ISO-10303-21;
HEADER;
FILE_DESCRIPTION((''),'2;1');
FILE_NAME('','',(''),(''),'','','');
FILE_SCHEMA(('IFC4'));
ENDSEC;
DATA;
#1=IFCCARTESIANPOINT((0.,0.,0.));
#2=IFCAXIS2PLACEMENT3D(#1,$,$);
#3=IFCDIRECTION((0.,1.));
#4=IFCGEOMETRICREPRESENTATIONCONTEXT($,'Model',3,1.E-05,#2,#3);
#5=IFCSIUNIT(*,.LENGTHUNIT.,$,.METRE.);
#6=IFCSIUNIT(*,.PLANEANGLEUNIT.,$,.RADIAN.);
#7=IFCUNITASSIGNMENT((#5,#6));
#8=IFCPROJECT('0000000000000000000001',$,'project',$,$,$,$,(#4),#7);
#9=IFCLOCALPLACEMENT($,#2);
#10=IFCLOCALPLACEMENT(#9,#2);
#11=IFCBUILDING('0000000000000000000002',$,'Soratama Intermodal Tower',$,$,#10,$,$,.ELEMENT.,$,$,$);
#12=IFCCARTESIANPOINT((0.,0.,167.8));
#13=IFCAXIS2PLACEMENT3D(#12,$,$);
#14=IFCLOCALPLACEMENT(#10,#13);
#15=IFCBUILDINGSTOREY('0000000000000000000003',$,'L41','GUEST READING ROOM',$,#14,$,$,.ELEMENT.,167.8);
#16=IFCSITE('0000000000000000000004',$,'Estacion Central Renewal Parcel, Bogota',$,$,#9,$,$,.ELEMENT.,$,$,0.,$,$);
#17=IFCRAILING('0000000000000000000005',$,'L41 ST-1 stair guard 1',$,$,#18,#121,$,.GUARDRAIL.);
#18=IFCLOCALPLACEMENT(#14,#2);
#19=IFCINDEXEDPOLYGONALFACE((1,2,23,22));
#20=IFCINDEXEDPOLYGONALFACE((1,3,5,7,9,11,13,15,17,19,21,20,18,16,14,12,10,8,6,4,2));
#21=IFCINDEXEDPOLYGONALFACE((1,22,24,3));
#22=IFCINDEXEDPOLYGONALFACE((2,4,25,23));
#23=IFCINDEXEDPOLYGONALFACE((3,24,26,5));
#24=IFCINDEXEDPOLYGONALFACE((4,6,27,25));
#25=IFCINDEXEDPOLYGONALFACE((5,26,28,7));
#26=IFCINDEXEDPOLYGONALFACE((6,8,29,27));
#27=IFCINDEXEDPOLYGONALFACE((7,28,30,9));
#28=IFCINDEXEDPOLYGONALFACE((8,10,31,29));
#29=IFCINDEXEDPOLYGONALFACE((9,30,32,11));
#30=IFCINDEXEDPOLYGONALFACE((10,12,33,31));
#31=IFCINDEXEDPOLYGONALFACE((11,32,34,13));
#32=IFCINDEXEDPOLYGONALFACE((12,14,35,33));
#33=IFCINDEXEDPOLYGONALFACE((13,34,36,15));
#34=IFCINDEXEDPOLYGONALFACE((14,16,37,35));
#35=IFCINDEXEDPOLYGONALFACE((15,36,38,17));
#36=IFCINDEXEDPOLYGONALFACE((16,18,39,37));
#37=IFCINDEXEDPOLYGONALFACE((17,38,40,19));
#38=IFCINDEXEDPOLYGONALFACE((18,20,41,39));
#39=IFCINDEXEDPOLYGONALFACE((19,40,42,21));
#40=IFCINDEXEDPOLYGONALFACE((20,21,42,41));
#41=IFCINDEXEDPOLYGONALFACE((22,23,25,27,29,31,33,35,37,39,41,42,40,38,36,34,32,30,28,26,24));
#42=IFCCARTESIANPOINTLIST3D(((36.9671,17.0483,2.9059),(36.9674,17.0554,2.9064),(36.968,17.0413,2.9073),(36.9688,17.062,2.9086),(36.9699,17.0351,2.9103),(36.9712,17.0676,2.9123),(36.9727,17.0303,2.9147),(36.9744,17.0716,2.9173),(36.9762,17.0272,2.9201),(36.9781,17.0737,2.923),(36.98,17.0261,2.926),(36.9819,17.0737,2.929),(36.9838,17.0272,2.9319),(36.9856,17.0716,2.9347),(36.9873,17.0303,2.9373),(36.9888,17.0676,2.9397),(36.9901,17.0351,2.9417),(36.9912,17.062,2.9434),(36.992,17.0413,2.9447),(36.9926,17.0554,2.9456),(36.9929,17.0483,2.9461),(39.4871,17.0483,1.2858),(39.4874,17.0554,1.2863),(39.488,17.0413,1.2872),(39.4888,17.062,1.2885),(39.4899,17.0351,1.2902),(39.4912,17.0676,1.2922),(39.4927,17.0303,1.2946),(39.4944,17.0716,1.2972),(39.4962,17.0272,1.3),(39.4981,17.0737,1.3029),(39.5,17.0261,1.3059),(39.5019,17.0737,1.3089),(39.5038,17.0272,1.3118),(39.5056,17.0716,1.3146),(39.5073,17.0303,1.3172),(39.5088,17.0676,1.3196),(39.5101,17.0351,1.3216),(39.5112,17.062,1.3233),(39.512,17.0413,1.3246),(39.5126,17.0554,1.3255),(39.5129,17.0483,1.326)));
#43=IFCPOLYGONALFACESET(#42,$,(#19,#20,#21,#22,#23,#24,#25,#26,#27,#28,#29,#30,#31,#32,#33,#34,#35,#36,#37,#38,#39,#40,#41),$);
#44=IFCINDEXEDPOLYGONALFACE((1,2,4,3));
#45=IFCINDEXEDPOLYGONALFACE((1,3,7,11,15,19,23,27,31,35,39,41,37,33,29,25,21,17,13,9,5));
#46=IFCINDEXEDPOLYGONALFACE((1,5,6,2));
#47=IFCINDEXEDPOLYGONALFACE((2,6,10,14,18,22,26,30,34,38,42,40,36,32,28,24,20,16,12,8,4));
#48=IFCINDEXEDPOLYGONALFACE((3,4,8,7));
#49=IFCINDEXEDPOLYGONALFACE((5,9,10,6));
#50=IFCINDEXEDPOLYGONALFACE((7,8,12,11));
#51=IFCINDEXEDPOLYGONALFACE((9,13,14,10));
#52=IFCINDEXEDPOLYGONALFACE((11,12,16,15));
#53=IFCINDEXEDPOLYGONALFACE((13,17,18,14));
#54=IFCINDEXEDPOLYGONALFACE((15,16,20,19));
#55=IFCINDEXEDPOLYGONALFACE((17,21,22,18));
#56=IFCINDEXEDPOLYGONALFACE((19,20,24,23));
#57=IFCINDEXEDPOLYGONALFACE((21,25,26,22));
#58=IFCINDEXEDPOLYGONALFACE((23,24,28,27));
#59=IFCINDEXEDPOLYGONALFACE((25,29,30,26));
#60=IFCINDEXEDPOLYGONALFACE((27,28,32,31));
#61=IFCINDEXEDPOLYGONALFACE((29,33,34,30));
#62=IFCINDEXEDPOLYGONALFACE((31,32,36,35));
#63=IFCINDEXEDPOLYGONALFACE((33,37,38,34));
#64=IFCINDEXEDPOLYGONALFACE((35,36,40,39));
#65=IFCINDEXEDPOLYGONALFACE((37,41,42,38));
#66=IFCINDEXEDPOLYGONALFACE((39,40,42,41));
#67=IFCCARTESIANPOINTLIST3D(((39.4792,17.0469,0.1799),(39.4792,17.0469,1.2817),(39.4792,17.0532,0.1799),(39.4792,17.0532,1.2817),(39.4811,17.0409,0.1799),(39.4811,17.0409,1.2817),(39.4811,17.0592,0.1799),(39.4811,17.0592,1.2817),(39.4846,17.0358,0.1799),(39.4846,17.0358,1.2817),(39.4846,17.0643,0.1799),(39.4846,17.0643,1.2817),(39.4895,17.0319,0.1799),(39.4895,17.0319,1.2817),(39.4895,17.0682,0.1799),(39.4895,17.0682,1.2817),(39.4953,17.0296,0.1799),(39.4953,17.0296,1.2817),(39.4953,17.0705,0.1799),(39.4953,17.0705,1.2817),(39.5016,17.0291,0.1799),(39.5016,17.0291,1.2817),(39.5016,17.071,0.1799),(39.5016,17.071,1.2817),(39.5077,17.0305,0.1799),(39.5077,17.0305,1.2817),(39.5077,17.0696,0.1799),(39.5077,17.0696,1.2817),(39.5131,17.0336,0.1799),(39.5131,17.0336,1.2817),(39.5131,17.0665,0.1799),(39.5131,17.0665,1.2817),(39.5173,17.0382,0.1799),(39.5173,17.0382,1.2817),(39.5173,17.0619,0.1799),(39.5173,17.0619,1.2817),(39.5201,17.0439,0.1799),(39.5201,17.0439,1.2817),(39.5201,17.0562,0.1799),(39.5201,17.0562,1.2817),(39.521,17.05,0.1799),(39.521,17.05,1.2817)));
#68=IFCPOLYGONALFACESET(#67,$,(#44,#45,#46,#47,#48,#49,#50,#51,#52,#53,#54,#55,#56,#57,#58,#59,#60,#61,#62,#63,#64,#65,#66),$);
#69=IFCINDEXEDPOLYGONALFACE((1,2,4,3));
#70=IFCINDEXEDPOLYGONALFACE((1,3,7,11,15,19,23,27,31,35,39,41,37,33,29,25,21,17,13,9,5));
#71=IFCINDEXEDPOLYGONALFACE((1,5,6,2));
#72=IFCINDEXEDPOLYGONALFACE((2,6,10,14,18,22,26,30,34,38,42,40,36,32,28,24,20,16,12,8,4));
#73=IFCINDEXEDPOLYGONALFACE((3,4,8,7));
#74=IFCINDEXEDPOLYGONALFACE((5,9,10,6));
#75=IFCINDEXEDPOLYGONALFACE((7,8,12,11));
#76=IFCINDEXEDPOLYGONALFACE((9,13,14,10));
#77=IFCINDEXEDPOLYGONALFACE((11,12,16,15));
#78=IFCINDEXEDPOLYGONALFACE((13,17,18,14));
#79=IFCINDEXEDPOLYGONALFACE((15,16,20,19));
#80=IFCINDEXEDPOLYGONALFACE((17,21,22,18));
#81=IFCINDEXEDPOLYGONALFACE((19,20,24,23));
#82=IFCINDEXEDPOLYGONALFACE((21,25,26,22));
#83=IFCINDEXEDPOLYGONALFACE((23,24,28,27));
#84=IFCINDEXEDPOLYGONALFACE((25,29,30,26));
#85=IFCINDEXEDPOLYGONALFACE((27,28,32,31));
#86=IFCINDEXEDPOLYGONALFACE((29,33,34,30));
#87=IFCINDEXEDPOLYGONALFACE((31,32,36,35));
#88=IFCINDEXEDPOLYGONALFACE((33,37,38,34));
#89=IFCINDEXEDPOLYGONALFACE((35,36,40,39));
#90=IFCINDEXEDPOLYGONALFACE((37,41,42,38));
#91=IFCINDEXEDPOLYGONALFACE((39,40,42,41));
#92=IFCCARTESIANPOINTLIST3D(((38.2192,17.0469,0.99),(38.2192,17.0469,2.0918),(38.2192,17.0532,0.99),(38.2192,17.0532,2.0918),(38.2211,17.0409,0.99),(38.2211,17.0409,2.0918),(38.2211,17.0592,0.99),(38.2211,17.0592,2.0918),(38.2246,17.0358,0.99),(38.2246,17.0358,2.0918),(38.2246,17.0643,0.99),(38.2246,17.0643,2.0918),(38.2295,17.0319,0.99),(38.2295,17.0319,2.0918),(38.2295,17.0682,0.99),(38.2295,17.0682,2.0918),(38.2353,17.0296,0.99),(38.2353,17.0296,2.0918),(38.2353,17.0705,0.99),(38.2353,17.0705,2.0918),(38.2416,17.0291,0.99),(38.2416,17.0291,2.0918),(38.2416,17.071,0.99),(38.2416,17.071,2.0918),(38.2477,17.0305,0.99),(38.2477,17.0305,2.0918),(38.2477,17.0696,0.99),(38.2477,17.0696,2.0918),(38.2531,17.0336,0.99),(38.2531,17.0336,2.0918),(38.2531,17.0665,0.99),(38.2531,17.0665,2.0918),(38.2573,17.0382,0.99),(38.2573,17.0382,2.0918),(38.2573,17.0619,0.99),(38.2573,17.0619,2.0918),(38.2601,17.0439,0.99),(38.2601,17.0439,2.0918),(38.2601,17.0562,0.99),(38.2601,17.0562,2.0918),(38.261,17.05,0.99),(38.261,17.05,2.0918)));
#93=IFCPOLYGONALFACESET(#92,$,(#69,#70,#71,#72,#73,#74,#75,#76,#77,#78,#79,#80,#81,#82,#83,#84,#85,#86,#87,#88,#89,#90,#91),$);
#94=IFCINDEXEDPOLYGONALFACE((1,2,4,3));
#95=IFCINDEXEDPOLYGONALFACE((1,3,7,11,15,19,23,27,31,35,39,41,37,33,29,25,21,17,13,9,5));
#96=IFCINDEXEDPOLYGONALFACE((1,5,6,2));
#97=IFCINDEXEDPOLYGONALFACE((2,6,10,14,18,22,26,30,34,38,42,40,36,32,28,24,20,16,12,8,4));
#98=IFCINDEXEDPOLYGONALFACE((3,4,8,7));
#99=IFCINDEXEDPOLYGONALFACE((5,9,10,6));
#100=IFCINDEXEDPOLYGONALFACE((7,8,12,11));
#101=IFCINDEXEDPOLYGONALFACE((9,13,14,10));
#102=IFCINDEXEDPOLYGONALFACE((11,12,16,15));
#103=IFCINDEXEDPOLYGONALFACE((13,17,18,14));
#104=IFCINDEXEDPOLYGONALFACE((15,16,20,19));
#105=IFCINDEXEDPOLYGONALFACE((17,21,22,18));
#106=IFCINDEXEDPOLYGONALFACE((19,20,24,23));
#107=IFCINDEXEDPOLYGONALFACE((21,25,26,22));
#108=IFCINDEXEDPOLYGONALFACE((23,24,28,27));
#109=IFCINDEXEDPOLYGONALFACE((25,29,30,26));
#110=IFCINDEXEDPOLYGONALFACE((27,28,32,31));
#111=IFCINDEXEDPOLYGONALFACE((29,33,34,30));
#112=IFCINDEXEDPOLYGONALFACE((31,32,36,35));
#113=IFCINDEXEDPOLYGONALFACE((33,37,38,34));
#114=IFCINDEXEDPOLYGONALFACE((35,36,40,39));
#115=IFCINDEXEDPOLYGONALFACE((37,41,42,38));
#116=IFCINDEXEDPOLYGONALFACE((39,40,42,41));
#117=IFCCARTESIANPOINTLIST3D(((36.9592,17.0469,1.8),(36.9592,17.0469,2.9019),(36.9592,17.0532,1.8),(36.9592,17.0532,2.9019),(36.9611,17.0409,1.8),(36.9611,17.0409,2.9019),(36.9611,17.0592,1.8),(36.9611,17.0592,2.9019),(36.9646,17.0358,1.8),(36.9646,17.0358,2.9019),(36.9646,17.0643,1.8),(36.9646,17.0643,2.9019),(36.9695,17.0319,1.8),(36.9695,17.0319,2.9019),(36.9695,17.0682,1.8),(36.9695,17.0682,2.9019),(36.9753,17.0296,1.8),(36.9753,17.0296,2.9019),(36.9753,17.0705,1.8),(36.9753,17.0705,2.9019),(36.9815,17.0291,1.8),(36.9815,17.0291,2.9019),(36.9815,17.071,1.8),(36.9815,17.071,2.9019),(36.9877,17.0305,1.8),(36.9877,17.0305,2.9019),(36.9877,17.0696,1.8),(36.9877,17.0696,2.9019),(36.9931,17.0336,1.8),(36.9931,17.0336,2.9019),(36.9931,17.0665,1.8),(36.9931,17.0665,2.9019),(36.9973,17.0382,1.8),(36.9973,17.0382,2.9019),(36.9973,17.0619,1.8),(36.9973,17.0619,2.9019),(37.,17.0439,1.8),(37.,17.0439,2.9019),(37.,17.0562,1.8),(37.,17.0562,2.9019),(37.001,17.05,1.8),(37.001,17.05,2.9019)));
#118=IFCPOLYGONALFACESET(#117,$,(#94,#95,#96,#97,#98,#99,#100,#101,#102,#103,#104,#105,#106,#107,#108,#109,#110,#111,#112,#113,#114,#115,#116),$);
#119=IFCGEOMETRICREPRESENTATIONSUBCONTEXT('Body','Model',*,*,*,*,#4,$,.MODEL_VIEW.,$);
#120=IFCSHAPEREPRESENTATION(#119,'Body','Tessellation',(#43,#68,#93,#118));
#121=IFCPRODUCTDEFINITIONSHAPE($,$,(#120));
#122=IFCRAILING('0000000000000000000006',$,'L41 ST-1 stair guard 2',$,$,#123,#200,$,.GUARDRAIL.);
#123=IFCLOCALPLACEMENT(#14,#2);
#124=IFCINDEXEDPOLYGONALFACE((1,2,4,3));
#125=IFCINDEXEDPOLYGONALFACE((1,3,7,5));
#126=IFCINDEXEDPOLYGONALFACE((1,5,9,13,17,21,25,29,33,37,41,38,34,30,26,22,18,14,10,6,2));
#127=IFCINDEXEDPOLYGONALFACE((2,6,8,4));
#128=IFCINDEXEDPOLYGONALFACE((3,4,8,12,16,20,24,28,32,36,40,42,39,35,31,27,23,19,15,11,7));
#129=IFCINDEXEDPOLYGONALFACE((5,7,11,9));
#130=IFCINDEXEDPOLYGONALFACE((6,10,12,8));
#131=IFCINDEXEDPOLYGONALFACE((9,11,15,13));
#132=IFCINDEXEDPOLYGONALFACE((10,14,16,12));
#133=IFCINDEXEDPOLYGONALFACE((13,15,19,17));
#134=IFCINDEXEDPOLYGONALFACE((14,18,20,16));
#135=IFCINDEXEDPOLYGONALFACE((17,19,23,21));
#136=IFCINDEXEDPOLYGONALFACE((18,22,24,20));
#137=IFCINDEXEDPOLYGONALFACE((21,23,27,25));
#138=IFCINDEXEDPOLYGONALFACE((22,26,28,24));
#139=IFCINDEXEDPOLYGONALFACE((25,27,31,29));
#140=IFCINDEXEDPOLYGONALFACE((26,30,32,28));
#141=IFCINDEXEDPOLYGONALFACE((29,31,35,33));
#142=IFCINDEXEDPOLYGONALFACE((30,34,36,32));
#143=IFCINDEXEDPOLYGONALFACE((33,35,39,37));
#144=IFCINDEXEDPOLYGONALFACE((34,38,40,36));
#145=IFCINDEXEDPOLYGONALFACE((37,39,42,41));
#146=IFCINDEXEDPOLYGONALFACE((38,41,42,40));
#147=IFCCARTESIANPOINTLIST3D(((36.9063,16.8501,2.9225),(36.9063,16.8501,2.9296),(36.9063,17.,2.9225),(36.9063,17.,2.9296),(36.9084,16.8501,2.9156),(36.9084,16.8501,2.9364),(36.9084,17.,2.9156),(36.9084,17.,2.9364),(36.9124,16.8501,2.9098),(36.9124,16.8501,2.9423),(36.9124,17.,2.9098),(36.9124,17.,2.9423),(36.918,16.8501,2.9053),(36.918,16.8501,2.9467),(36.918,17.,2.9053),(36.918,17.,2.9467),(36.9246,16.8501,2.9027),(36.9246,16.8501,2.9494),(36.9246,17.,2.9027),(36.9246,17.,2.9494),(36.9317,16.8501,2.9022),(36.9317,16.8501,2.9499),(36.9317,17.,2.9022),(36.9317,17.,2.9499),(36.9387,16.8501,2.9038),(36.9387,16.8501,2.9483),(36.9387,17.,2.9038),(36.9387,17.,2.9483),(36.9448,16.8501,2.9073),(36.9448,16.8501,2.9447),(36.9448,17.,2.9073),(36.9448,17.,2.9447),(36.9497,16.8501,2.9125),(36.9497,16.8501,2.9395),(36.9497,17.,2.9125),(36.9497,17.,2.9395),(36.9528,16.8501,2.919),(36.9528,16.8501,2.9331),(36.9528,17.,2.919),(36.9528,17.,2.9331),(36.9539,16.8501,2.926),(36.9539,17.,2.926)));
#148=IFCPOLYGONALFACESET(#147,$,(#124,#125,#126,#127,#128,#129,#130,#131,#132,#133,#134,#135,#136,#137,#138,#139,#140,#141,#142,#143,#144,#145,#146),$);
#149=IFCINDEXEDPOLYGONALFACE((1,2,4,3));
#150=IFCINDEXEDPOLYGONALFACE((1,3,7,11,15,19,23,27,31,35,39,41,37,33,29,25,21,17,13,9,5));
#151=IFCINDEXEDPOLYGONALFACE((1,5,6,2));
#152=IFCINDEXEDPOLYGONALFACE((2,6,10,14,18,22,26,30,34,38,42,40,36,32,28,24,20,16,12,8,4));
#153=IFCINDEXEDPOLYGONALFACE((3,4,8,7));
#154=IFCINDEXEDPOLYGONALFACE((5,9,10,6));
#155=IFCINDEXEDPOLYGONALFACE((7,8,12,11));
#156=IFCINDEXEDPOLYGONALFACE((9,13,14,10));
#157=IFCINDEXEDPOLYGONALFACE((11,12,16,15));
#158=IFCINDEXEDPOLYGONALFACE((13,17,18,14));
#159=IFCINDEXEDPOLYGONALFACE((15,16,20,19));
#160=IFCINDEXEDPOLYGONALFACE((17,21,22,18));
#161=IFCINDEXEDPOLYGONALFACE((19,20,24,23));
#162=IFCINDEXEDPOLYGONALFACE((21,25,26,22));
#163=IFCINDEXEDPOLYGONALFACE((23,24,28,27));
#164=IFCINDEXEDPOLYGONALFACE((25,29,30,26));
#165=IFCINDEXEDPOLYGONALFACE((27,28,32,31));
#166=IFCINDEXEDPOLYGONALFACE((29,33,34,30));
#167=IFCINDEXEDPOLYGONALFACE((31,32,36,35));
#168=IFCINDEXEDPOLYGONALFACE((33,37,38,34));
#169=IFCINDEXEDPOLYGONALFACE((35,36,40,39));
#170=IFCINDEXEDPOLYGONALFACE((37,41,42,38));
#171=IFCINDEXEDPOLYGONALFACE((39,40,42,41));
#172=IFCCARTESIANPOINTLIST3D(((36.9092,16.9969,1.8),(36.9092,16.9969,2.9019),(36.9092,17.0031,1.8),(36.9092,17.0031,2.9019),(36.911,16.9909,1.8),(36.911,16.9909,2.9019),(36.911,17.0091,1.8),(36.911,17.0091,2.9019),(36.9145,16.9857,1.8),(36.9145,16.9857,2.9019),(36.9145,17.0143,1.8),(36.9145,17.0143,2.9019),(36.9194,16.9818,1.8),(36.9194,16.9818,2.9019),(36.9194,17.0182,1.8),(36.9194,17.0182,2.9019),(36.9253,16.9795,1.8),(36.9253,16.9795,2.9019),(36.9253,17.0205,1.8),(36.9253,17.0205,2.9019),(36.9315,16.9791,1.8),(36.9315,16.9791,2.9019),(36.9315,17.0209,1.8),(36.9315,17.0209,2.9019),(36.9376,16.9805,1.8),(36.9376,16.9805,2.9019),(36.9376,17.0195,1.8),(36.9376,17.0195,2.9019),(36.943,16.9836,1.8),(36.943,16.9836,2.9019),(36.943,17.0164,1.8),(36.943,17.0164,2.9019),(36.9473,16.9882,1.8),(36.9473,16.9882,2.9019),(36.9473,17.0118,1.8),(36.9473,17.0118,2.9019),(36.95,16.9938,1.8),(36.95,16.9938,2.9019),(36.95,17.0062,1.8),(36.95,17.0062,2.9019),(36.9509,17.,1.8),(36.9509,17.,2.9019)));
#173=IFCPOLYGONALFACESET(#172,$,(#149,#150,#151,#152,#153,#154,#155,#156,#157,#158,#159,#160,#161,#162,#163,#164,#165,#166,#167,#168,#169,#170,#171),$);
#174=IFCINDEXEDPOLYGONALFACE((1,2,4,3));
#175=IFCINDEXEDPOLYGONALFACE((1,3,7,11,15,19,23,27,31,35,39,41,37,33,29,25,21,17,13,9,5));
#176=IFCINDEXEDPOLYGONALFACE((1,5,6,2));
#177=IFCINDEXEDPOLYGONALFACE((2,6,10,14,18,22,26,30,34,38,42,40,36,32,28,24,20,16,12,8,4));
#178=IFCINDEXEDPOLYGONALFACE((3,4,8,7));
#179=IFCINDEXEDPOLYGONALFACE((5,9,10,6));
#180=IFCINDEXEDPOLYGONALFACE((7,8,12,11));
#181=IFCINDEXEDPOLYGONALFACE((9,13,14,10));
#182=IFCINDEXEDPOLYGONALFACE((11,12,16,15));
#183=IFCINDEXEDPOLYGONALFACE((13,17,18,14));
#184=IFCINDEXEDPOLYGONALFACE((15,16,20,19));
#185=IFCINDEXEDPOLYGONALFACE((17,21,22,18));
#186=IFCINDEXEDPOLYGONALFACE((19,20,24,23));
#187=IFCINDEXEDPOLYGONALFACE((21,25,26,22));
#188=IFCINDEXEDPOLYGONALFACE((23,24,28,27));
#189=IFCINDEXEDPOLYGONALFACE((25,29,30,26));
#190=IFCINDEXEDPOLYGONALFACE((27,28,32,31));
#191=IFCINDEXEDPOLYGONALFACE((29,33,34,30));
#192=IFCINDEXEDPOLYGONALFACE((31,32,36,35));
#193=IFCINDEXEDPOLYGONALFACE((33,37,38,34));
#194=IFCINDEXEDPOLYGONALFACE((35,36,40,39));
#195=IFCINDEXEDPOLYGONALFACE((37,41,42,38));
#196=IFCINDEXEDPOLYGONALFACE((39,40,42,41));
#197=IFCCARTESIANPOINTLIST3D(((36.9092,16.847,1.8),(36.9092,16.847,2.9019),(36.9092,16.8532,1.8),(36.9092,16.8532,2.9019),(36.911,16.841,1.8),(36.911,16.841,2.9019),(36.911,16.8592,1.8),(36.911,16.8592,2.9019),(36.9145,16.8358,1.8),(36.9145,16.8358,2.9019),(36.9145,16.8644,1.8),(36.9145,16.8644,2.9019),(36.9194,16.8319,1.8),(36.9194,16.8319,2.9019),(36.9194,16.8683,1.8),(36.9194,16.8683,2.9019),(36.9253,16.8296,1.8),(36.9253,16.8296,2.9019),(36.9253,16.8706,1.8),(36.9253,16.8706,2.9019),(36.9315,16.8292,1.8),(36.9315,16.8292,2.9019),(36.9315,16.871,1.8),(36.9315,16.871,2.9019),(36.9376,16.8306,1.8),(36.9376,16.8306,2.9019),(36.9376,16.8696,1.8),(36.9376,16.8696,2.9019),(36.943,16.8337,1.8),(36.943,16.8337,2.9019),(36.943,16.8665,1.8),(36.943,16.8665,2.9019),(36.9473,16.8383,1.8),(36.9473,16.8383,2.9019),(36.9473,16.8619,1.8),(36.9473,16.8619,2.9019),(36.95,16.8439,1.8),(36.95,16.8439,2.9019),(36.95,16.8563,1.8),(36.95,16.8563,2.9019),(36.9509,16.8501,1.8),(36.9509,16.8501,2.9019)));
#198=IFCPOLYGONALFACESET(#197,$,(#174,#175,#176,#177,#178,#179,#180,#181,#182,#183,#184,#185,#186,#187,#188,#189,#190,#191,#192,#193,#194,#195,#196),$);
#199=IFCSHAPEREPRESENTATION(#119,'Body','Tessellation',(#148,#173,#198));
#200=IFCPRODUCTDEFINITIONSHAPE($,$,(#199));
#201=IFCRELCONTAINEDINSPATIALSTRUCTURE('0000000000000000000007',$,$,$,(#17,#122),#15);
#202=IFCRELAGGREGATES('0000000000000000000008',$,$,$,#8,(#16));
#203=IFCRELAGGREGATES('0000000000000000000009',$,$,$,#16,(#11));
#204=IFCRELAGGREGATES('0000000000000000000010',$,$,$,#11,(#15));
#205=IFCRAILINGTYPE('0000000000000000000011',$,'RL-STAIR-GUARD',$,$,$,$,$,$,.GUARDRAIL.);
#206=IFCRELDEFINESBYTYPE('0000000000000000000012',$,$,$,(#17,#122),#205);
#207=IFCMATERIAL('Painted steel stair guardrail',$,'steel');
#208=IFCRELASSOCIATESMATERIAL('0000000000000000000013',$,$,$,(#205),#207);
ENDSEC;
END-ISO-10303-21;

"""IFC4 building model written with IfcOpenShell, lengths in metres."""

from ifc_helpers import new_model, si_unit, direction, frame, origin, origin_2d, place, context, subcontext, project, spatial, circle, extrude, material, type_object, element, save


model = new_model("IFC4")

# Units and contexts
model_context = context("Model", 3, precision=1e-05, world=origin(), true_north=direction((0.0, 1.0)))
body_context = subcontext(model_context, "Body", "Model", "MODEL_VIEW")
ifc_project = project(units=[si_unit("LENGTHUNIT", "METRE"), si_unit("PLANEANGLEUNIT", "RADIAN")], contexts=[model_context])

# Site, building, storey
site_placement = place(None, origin())
site = spatial("IfcSite", under=ifc_project, at=site_placement, Name="Estacion Central Renewal Parcel, Bogota", CompositionType="ELEMENT", RefElevation=0.0)
building_placement = place(site_placement, origin())
building = spatial("IfcBuilding", under=site, at=building_placement, Name="Soratama Intermodal Tower", CompositionType="ELEMENT")
storey_placement = place(building_placement, frame((0.0, 0.0, 167.8)))
storey = spatial("IfcBuildingStorey", under=building, at=storey_placement, Name="L41", Description="GUEST READING ROOM", CompositionType="ELEMENT", Elevation=167.8)

# Railings
ifc_material_1 = material(Name="Painted steel stair guardrail", Category="steel")
railing_type_1 = type_object("IfcRailingType", Name="RL-STAIR-GUARD", PredefinedType="GUARDRAIL", material=ifc_material_1)
railing_1_placement = place(storey_placement, frame((39.5, 17.05, 0.1799)))
element("IfcRailing", 1, at=railing_1_placement, inside=storey, type_object=railing_type_1, Name="L41 ST-1 stair guard 1", PredefinedType="GUARDRAIL", context=body_context, shape_type="SweptSolid", body=[
    extrude(circle(Radius=0.0239, at=origin_2d()), frame((0.0, 0.0, 1.126), z_axis=(-0.841163, 0.0, 0.540782), x_axis=(0.0, -1.0, 0.0)), (0.0, 0.0, 1.0), 2.9958),
    extrude(circle(Radius=0.021, at=origin_2d()), origin(), (0.0, 0.0, 1.0), 1.1018),
    extrude(circle(Radius=0.021, at=origin_2d()), frame((-1.26, 0.0, 0.8101)), (0.0, 0.0, 1.0), 1.1018),
    extrude(circle(Radius=0.021, at=origin_2d()), frame((-2.52, 0.0, 1.6201)), (0.0, 0.0, 1.0), 1.1018),
])
railing_2_placement = place(storey_placement, frame((36.9299, 17.0, 1.8)))
element("IfcRailing", 2, at=railing_2_placement, inside=storey, type_object=railing_type_1, Name="L41 ST-1 stair guard 2", PredefinedType="GUARDRAIL", context=body_context, shape_type="SweptSolid", body=[
    extrude(circle(Radius=0.0239, at=origin_2d()), frame((0.0, 0.0, 1.126), z_axis=(0.0, -1.0, 0.0), x_axis=(1.0, 0.0, 0.0)), (0.0, 0.0, 1.0), 0.1499),
    extrude(circle(Radius=0.021, at=origin_2d()), origin(), (0.0, 0.0, 1.0), 1.1018),
    extrude(circle(Radius=0.021, at=origin_2d()), frame((0.0, -0.1499, 0.0)), (0.0, 0.0, 1.0), 1.1018),
])

save(model, "model.ifc")
